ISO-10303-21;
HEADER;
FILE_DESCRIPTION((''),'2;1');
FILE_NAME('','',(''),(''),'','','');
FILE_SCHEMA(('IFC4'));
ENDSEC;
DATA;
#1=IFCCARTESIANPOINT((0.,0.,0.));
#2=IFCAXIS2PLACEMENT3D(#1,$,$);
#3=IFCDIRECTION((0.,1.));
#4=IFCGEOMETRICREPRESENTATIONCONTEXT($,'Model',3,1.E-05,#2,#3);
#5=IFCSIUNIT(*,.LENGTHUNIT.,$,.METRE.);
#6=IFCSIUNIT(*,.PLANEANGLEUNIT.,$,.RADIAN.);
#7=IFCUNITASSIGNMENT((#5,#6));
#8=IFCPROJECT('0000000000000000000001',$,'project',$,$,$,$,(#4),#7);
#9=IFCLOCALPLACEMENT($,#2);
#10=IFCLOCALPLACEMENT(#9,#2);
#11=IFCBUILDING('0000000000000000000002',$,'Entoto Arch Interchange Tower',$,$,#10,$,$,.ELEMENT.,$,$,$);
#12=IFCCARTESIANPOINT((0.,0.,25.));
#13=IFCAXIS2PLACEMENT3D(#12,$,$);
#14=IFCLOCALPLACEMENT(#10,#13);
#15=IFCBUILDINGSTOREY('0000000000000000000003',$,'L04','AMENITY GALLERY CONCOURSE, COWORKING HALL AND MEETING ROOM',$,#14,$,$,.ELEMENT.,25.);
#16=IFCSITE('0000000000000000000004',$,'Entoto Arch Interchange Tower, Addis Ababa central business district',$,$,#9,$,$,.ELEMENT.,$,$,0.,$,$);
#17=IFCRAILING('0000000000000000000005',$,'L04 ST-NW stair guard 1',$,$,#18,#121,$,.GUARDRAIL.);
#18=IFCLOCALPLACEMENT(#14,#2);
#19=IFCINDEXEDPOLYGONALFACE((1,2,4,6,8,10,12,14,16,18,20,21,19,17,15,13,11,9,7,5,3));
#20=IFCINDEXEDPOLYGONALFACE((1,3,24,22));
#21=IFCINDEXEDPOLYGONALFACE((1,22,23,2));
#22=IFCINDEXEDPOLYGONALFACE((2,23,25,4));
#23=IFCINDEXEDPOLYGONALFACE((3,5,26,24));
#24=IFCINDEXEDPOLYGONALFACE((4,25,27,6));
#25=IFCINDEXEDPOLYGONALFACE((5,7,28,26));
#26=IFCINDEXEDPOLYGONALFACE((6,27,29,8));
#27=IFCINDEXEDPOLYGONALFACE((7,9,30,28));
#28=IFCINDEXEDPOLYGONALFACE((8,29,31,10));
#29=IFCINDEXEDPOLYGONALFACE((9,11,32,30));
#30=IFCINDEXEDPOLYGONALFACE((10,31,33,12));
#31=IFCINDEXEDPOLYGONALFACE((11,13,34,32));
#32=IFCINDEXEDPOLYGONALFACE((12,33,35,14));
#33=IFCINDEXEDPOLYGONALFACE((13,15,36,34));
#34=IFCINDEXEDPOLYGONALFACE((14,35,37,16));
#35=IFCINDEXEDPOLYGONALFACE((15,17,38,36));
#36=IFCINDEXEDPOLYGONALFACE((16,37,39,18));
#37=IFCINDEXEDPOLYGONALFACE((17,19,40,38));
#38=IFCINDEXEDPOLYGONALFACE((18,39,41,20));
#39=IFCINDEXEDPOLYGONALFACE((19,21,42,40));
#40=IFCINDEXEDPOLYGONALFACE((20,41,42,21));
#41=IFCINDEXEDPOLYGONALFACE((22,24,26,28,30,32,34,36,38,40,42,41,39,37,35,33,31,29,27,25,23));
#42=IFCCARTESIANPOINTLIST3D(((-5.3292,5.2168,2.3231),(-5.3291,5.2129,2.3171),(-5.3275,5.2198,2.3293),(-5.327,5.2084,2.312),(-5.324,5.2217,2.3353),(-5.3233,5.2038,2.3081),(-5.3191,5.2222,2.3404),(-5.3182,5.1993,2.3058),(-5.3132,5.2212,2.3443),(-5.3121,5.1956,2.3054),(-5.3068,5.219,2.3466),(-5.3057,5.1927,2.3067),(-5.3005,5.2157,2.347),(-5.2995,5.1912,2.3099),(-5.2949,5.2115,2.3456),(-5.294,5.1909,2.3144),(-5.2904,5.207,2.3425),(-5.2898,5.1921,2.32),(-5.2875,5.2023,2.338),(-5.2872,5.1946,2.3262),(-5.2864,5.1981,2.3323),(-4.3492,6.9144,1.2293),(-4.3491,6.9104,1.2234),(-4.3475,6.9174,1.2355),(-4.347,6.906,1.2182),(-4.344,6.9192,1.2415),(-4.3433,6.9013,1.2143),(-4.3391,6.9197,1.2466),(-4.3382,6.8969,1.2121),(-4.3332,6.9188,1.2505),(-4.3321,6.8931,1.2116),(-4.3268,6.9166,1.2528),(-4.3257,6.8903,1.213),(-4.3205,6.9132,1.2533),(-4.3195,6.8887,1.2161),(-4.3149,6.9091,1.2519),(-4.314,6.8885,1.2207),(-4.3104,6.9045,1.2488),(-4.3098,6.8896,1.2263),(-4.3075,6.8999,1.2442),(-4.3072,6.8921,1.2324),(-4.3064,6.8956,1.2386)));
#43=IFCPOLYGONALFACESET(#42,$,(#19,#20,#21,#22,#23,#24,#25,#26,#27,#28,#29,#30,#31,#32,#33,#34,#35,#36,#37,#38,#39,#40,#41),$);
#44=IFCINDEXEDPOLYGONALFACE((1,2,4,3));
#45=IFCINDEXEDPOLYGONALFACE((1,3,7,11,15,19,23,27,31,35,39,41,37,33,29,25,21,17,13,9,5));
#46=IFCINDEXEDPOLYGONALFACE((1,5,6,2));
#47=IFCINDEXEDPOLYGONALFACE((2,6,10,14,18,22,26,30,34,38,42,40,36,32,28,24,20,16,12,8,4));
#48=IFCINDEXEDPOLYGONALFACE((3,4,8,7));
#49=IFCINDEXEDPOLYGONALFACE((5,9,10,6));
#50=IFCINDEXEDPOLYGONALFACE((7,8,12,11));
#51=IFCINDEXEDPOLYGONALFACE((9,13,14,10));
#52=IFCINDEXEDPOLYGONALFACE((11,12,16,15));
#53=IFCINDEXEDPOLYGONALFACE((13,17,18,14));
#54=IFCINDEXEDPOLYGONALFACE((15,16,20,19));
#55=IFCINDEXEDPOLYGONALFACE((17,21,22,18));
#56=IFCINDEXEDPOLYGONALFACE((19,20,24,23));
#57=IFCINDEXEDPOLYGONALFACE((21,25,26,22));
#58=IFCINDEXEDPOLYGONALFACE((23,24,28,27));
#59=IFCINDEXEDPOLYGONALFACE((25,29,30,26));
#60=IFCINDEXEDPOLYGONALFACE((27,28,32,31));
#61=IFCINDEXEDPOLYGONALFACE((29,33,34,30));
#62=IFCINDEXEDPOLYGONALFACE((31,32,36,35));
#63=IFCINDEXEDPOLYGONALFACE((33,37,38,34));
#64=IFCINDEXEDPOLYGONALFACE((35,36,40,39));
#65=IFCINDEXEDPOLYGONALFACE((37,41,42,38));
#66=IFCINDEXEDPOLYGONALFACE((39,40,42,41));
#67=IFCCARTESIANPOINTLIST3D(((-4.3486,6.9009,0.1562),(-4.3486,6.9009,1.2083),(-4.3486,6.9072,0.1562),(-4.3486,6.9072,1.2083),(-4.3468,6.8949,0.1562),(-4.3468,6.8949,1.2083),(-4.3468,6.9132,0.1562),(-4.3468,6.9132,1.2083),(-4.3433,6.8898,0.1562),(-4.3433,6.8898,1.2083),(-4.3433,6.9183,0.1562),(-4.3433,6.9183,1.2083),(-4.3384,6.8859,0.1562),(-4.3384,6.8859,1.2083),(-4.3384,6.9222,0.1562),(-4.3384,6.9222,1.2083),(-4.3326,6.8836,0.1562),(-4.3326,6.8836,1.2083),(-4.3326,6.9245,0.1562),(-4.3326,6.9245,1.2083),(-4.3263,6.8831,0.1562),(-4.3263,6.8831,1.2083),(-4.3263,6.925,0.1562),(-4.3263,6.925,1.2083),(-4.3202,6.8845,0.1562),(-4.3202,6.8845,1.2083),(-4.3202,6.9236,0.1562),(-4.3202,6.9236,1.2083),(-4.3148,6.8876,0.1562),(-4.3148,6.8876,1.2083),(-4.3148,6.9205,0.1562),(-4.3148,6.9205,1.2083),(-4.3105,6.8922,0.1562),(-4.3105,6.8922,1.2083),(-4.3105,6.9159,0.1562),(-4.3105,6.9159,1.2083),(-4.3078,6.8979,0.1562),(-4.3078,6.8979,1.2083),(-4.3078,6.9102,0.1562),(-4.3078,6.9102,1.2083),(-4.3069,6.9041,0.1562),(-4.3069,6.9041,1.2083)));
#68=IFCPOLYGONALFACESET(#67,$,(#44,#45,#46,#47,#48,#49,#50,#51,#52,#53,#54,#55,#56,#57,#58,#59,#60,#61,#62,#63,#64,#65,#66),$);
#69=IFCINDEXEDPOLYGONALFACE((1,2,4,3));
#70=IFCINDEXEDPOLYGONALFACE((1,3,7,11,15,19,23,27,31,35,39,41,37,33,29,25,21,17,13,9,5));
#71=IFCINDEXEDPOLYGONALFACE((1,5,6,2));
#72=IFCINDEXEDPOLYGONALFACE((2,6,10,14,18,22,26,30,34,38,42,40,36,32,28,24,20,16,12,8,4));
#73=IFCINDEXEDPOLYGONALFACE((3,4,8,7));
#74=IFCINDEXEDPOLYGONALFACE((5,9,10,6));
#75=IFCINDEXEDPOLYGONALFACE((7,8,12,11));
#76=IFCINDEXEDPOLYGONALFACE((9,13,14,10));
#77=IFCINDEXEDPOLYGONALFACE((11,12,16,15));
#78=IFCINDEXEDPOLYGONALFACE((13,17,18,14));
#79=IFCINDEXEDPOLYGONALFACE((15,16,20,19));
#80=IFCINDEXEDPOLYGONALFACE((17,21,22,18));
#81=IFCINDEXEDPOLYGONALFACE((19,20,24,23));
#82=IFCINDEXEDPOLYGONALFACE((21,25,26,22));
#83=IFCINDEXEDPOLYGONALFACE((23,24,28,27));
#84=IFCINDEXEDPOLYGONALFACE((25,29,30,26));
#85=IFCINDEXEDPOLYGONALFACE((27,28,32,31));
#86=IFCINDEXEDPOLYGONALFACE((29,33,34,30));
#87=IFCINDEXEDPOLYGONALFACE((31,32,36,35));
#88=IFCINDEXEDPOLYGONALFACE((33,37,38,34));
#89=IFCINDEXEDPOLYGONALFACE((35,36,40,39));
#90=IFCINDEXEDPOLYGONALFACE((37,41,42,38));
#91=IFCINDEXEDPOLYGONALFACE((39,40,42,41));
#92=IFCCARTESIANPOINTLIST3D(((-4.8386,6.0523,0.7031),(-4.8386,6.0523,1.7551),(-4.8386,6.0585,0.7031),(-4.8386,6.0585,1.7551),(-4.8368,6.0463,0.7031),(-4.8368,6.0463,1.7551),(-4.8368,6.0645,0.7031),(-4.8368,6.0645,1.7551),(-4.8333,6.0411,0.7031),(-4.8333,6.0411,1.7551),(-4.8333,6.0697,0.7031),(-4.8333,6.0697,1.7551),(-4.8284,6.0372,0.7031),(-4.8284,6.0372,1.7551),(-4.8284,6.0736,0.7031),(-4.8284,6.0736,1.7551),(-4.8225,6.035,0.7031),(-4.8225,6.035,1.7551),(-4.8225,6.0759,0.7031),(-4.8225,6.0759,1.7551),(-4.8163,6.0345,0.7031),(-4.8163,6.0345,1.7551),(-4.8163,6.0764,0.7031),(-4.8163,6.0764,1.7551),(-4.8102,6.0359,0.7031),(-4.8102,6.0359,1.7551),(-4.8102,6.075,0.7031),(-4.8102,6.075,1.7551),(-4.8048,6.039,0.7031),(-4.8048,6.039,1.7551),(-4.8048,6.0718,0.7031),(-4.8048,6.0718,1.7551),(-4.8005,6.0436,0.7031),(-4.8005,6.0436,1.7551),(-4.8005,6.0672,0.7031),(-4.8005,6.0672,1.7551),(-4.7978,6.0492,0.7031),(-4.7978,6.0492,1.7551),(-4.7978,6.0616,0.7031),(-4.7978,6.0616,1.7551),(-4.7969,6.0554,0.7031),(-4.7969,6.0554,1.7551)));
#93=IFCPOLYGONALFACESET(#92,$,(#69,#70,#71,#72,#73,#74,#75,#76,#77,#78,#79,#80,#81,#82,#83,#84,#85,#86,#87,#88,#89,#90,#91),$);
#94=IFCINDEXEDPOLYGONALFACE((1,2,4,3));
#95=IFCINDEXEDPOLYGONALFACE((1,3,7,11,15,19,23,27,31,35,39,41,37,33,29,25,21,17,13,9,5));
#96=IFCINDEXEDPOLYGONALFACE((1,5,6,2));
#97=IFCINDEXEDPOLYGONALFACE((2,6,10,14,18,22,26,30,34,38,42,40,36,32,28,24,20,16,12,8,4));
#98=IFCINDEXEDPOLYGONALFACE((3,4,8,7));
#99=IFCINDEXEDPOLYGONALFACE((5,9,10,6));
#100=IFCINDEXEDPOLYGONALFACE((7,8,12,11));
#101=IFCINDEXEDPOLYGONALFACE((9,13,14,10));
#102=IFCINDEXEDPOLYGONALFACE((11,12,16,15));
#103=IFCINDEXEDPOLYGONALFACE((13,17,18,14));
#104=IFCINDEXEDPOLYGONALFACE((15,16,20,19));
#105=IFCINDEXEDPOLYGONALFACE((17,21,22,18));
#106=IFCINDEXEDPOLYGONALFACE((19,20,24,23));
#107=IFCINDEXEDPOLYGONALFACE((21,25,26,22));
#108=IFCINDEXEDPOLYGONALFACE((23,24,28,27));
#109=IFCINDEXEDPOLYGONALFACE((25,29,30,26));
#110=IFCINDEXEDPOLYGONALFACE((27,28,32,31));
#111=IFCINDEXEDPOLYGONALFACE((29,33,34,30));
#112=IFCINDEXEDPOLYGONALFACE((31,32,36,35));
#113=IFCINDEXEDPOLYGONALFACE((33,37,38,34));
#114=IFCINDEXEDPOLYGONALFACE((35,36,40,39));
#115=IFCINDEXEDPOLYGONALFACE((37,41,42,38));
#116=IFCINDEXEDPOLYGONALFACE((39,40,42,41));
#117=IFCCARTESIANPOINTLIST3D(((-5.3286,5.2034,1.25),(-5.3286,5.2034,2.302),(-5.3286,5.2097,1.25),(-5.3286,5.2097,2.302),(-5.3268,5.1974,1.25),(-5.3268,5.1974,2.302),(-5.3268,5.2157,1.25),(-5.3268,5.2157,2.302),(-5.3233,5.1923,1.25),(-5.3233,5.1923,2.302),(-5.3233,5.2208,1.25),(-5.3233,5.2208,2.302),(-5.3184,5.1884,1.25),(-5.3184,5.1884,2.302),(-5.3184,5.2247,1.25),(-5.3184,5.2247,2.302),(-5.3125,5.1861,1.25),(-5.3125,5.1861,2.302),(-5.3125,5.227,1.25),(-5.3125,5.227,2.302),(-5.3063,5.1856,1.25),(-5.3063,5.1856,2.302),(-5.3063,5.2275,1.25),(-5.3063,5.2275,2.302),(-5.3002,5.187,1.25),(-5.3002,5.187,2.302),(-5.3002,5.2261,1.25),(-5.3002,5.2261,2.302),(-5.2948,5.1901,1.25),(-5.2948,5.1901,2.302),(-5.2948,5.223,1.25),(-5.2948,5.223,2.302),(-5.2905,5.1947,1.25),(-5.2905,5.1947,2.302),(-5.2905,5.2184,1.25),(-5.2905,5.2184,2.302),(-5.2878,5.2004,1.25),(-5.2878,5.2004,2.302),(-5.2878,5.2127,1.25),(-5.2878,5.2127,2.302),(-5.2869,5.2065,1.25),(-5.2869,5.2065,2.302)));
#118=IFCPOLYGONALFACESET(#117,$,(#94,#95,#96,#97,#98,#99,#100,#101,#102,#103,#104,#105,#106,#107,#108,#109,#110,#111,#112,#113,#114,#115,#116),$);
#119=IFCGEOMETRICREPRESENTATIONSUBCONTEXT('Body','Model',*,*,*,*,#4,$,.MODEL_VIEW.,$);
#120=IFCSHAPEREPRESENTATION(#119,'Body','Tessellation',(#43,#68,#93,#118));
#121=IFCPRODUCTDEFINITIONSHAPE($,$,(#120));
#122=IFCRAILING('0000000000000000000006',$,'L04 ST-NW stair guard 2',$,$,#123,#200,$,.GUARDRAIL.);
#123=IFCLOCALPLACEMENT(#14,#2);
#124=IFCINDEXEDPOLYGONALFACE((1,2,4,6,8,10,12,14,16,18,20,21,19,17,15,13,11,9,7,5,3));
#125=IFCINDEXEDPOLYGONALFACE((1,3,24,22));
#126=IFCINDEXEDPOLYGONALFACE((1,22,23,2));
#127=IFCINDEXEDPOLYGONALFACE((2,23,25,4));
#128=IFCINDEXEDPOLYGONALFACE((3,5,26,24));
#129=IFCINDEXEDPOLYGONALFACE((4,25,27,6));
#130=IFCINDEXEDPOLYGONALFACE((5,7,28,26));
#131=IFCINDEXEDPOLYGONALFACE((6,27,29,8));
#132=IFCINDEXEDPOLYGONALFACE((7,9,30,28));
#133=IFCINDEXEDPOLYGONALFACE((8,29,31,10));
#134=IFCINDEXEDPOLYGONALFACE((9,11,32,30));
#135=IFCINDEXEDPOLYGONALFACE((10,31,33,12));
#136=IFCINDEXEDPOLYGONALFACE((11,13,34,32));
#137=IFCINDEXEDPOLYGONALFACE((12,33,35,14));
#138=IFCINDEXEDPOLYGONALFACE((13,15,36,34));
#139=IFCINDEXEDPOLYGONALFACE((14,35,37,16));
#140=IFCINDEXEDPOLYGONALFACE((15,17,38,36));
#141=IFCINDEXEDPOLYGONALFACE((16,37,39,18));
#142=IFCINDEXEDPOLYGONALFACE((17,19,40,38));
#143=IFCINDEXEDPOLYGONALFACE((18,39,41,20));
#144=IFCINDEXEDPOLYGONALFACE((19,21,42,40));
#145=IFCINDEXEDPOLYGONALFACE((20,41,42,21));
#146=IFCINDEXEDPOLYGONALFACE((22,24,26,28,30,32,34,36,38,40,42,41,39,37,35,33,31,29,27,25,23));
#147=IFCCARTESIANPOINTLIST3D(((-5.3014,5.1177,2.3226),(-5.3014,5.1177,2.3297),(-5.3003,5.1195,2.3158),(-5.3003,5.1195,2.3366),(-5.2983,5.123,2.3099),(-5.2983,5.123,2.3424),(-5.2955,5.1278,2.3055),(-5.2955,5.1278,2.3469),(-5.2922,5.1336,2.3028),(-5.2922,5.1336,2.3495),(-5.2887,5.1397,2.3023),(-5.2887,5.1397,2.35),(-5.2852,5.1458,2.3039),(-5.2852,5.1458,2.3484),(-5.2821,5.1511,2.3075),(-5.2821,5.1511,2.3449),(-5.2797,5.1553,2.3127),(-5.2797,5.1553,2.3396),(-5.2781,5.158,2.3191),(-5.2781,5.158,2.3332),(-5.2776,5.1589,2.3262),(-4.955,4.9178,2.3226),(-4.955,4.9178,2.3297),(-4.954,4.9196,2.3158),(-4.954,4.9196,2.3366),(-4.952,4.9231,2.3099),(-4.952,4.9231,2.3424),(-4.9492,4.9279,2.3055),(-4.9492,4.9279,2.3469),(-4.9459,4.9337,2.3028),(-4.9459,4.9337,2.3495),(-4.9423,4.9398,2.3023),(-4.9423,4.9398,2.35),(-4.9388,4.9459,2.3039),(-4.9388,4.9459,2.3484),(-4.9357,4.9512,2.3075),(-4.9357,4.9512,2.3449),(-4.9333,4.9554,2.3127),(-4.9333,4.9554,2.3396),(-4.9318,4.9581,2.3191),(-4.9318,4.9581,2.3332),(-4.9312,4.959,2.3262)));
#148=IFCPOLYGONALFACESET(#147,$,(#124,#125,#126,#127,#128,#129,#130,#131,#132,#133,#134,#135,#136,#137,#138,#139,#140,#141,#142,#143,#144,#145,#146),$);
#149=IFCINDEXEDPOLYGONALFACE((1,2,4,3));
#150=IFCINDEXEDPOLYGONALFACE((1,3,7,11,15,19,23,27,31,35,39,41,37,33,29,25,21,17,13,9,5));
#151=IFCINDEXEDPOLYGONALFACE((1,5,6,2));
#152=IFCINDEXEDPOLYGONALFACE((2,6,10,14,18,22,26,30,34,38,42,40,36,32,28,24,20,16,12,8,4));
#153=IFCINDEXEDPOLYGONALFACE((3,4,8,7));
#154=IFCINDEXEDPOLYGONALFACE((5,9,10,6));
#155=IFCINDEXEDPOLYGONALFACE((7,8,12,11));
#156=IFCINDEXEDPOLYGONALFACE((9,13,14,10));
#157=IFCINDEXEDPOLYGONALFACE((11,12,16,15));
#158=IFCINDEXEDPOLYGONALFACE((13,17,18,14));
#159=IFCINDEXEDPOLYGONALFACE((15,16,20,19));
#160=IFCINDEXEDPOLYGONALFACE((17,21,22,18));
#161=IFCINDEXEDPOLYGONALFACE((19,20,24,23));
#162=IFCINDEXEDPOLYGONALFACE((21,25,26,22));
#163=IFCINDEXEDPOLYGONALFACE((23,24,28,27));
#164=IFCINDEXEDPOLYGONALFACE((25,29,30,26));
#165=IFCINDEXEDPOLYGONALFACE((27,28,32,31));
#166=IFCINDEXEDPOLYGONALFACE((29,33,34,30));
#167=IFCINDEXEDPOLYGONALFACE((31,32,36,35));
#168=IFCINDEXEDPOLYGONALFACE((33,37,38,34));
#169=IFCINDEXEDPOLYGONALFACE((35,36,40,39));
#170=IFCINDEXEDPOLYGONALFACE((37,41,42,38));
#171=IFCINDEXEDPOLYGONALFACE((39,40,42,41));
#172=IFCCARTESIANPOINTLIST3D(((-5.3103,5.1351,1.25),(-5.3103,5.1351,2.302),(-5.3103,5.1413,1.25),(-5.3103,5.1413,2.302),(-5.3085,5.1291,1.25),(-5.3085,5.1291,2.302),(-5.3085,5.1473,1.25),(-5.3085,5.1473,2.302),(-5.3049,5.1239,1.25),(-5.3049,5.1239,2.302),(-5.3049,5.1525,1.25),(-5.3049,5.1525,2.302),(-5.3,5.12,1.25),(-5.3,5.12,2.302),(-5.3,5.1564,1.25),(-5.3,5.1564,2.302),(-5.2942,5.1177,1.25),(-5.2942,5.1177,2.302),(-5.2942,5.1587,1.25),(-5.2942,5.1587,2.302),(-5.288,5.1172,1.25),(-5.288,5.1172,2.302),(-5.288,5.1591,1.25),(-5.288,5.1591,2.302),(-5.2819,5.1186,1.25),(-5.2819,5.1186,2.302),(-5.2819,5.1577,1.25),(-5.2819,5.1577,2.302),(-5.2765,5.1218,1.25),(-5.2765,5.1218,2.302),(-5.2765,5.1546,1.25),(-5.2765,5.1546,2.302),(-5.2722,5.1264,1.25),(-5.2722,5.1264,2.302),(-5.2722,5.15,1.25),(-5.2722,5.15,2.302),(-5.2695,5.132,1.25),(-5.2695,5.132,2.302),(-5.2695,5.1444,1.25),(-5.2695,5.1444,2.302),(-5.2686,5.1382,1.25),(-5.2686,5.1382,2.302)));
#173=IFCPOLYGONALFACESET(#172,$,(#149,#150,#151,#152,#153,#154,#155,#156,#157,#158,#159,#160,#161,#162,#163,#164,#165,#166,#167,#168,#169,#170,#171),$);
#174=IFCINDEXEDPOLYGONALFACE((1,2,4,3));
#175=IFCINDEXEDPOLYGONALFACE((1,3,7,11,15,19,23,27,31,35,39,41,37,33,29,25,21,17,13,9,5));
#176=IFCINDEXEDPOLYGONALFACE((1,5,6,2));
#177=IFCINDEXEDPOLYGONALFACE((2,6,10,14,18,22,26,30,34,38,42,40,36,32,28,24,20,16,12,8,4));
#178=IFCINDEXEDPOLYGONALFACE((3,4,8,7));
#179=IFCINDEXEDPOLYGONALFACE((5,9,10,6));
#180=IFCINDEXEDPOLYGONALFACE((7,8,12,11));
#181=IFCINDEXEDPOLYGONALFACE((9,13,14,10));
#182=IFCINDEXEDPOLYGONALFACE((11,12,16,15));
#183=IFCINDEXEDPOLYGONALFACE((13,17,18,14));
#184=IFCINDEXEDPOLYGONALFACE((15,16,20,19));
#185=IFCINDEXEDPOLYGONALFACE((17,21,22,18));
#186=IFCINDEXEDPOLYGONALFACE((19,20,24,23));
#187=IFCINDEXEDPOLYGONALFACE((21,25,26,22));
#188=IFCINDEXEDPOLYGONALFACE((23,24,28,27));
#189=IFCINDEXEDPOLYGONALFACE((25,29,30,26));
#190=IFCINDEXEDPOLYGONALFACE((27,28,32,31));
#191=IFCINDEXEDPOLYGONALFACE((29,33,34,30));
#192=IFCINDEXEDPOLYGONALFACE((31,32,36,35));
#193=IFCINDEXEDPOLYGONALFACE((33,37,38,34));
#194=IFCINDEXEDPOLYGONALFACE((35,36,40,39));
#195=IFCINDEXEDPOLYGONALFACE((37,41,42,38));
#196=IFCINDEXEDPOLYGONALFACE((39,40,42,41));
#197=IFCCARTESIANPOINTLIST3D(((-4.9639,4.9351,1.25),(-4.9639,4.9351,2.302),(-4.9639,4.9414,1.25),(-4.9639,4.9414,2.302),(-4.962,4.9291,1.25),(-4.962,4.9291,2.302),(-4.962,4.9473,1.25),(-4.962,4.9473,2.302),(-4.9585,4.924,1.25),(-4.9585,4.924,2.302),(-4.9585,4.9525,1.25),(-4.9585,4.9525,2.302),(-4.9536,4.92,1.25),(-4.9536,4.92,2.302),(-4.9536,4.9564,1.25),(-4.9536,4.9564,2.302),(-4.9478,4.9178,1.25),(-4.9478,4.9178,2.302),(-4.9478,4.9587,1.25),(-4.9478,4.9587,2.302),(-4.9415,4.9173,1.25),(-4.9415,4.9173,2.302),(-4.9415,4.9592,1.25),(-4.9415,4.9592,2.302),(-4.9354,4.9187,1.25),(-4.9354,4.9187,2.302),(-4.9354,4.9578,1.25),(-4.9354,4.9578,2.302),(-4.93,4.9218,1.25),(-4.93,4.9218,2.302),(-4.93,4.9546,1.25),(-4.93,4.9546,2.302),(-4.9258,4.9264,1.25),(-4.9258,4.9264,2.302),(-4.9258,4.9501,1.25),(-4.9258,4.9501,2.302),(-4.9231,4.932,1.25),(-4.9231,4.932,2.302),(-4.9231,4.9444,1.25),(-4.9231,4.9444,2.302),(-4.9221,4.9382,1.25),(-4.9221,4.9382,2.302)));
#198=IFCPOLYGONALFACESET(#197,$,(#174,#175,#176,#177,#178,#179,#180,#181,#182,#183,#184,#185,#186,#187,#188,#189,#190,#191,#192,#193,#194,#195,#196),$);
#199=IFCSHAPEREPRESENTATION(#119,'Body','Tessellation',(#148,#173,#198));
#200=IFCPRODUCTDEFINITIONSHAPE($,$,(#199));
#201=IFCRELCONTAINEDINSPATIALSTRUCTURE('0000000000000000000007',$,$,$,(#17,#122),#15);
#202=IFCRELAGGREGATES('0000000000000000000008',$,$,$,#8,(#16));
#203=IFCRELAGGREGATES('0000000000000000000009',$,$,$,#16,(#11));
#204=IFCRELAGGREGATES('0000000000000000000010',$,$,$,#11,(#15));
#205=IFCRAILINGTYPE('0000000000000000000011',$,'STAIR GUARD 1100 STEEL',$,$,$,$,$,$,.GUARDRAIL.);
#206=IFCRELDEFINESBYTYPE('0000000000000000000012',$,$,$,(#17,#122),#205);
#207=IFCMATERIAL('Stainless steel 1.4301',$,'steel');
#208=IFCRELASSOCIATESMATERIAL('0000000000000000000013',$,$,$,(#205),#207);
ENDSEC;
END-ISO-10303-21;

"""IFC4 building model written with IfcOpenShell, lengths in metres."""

from ifc_helpers import new_model, si_unit, direction, frame, origin, origin_2d, place, context, subcontext, project, spatial, circle, extrude, material, type_object, element, save


model = new_model("IFC4")

# Units and contexts
model_context = context("Model", 3, precision=1e-05, world=origin(), true_north=direction((0.0, 1.0)))
body_context = subcontext(model_context, "Body", "Model", "MODEL_VIEW")
ifc_project = project(units=[si_unit("LENGTHUNIT", "METRE"), si_unit("PLANEANGLEUNIT", "RADIAN")], contexts=[model_context])

# Site, building, storey
site_placement = place(None, origin())
site = spatial("IfcSite", under=ifc_project, at=site_placement, Name="Entoto Arch Interchange Tower, Addis Ababa central business district", CompositionType="ELEMENT", RefElevation=0.0)
building_placement = place(site_placement, origin())
building = spatial("IfcBuilding", under=site, at=building_placement, Name="Entoto Arch Interchange Tower", CompositionType="ELEMENT")
storey_placement = place(building_placement, frame((0.0, 0.0, 25.0)))
storey = spatial("IfcBuildingStorey", under=building, at=storey_placement, Name="L04", Description="AMENITY GALLERY CONCOURSE, COWORKING HALL AND MEETING ROOM", CompositionType="ELEMENT", Elevation=25.0)

# Railings
ifc_material_1 = material(Name="Stainless steel 1.4301", Category="steel")
railing_type = type_object("IfcRailingType", Name="STAIR GUARD 1100 STEEL", PredefinedType="GUARDRAIL", material=ifc_material_1)
railing_1_placement = place(storey_placement, frame((-4.3279, 6.9041, 0.1562)))
element("IfcRailing", 1, at=railing_1_placement, inside=storey, type_object=railing_type, Name="L04 ST-NW stair guard 1", PredefinedType="GUARDRAIL", context=body_context, shape_type="SweptSolid", body=[
    extrude(circle(Radius=0.0239, at=origin_2d()), frame((0.0, 0.0, 1.0762), z_axis=(-0.436596, -0.756267, 0.487282), x_axis=(0.866042, -0.49997, 0.0)), (0.0, 0.0, 1.0), 2.2446),
    extrude(circle(Radius=0.021, at=origin_2d()), origin(), (0.0, 0.0, 1.0), 1.052),
    extrude(circle(Radius=0.021, at=origin_2d()), frame((-0.49, -0.8486, 0.5469)), (0.0, 0.0, 1.0), 1.052),
    extrude(circle(Radius=0.021, at=origin_2d()), frame((-0.98, -1.6975, 1.0938)), (0.0, 0.0, 1.0), 1.052),
])
railing_2_placement = place(storey_placement, frame((-5.2896, 5.1382, 1.25)))
element("IfcRailing", 2, at=railing_2_placement, inside=storey, type_object=railing_type, Name="L04 ST-NW stair guard 2", PredefinedType="GUARDRAIL", context=body_context, shape_type="SweptSolid", body=[
    extrude(circle(Radius=0.0239, at=origin_2d()), frame((0.0, 0.0, 1.0762), z_axis=(0.866094, -0.499881, 0.0), x_axis=(0.499881, 0.866094, 0.0)), (0.0, 0.0, 1.0), 0.3999),
    extrude(circle(Radius=0.021, at=origin_2d()), origin(), (0.0, 0.0, 1.0), 1.052),
    extrude(circle(Radius=0.021, at=origin_2d()), frame((0.3464, -0.2, 0.0)), (0.0, 0.0, 1.0), 1.052),
])

save(model, "model.ifc")
